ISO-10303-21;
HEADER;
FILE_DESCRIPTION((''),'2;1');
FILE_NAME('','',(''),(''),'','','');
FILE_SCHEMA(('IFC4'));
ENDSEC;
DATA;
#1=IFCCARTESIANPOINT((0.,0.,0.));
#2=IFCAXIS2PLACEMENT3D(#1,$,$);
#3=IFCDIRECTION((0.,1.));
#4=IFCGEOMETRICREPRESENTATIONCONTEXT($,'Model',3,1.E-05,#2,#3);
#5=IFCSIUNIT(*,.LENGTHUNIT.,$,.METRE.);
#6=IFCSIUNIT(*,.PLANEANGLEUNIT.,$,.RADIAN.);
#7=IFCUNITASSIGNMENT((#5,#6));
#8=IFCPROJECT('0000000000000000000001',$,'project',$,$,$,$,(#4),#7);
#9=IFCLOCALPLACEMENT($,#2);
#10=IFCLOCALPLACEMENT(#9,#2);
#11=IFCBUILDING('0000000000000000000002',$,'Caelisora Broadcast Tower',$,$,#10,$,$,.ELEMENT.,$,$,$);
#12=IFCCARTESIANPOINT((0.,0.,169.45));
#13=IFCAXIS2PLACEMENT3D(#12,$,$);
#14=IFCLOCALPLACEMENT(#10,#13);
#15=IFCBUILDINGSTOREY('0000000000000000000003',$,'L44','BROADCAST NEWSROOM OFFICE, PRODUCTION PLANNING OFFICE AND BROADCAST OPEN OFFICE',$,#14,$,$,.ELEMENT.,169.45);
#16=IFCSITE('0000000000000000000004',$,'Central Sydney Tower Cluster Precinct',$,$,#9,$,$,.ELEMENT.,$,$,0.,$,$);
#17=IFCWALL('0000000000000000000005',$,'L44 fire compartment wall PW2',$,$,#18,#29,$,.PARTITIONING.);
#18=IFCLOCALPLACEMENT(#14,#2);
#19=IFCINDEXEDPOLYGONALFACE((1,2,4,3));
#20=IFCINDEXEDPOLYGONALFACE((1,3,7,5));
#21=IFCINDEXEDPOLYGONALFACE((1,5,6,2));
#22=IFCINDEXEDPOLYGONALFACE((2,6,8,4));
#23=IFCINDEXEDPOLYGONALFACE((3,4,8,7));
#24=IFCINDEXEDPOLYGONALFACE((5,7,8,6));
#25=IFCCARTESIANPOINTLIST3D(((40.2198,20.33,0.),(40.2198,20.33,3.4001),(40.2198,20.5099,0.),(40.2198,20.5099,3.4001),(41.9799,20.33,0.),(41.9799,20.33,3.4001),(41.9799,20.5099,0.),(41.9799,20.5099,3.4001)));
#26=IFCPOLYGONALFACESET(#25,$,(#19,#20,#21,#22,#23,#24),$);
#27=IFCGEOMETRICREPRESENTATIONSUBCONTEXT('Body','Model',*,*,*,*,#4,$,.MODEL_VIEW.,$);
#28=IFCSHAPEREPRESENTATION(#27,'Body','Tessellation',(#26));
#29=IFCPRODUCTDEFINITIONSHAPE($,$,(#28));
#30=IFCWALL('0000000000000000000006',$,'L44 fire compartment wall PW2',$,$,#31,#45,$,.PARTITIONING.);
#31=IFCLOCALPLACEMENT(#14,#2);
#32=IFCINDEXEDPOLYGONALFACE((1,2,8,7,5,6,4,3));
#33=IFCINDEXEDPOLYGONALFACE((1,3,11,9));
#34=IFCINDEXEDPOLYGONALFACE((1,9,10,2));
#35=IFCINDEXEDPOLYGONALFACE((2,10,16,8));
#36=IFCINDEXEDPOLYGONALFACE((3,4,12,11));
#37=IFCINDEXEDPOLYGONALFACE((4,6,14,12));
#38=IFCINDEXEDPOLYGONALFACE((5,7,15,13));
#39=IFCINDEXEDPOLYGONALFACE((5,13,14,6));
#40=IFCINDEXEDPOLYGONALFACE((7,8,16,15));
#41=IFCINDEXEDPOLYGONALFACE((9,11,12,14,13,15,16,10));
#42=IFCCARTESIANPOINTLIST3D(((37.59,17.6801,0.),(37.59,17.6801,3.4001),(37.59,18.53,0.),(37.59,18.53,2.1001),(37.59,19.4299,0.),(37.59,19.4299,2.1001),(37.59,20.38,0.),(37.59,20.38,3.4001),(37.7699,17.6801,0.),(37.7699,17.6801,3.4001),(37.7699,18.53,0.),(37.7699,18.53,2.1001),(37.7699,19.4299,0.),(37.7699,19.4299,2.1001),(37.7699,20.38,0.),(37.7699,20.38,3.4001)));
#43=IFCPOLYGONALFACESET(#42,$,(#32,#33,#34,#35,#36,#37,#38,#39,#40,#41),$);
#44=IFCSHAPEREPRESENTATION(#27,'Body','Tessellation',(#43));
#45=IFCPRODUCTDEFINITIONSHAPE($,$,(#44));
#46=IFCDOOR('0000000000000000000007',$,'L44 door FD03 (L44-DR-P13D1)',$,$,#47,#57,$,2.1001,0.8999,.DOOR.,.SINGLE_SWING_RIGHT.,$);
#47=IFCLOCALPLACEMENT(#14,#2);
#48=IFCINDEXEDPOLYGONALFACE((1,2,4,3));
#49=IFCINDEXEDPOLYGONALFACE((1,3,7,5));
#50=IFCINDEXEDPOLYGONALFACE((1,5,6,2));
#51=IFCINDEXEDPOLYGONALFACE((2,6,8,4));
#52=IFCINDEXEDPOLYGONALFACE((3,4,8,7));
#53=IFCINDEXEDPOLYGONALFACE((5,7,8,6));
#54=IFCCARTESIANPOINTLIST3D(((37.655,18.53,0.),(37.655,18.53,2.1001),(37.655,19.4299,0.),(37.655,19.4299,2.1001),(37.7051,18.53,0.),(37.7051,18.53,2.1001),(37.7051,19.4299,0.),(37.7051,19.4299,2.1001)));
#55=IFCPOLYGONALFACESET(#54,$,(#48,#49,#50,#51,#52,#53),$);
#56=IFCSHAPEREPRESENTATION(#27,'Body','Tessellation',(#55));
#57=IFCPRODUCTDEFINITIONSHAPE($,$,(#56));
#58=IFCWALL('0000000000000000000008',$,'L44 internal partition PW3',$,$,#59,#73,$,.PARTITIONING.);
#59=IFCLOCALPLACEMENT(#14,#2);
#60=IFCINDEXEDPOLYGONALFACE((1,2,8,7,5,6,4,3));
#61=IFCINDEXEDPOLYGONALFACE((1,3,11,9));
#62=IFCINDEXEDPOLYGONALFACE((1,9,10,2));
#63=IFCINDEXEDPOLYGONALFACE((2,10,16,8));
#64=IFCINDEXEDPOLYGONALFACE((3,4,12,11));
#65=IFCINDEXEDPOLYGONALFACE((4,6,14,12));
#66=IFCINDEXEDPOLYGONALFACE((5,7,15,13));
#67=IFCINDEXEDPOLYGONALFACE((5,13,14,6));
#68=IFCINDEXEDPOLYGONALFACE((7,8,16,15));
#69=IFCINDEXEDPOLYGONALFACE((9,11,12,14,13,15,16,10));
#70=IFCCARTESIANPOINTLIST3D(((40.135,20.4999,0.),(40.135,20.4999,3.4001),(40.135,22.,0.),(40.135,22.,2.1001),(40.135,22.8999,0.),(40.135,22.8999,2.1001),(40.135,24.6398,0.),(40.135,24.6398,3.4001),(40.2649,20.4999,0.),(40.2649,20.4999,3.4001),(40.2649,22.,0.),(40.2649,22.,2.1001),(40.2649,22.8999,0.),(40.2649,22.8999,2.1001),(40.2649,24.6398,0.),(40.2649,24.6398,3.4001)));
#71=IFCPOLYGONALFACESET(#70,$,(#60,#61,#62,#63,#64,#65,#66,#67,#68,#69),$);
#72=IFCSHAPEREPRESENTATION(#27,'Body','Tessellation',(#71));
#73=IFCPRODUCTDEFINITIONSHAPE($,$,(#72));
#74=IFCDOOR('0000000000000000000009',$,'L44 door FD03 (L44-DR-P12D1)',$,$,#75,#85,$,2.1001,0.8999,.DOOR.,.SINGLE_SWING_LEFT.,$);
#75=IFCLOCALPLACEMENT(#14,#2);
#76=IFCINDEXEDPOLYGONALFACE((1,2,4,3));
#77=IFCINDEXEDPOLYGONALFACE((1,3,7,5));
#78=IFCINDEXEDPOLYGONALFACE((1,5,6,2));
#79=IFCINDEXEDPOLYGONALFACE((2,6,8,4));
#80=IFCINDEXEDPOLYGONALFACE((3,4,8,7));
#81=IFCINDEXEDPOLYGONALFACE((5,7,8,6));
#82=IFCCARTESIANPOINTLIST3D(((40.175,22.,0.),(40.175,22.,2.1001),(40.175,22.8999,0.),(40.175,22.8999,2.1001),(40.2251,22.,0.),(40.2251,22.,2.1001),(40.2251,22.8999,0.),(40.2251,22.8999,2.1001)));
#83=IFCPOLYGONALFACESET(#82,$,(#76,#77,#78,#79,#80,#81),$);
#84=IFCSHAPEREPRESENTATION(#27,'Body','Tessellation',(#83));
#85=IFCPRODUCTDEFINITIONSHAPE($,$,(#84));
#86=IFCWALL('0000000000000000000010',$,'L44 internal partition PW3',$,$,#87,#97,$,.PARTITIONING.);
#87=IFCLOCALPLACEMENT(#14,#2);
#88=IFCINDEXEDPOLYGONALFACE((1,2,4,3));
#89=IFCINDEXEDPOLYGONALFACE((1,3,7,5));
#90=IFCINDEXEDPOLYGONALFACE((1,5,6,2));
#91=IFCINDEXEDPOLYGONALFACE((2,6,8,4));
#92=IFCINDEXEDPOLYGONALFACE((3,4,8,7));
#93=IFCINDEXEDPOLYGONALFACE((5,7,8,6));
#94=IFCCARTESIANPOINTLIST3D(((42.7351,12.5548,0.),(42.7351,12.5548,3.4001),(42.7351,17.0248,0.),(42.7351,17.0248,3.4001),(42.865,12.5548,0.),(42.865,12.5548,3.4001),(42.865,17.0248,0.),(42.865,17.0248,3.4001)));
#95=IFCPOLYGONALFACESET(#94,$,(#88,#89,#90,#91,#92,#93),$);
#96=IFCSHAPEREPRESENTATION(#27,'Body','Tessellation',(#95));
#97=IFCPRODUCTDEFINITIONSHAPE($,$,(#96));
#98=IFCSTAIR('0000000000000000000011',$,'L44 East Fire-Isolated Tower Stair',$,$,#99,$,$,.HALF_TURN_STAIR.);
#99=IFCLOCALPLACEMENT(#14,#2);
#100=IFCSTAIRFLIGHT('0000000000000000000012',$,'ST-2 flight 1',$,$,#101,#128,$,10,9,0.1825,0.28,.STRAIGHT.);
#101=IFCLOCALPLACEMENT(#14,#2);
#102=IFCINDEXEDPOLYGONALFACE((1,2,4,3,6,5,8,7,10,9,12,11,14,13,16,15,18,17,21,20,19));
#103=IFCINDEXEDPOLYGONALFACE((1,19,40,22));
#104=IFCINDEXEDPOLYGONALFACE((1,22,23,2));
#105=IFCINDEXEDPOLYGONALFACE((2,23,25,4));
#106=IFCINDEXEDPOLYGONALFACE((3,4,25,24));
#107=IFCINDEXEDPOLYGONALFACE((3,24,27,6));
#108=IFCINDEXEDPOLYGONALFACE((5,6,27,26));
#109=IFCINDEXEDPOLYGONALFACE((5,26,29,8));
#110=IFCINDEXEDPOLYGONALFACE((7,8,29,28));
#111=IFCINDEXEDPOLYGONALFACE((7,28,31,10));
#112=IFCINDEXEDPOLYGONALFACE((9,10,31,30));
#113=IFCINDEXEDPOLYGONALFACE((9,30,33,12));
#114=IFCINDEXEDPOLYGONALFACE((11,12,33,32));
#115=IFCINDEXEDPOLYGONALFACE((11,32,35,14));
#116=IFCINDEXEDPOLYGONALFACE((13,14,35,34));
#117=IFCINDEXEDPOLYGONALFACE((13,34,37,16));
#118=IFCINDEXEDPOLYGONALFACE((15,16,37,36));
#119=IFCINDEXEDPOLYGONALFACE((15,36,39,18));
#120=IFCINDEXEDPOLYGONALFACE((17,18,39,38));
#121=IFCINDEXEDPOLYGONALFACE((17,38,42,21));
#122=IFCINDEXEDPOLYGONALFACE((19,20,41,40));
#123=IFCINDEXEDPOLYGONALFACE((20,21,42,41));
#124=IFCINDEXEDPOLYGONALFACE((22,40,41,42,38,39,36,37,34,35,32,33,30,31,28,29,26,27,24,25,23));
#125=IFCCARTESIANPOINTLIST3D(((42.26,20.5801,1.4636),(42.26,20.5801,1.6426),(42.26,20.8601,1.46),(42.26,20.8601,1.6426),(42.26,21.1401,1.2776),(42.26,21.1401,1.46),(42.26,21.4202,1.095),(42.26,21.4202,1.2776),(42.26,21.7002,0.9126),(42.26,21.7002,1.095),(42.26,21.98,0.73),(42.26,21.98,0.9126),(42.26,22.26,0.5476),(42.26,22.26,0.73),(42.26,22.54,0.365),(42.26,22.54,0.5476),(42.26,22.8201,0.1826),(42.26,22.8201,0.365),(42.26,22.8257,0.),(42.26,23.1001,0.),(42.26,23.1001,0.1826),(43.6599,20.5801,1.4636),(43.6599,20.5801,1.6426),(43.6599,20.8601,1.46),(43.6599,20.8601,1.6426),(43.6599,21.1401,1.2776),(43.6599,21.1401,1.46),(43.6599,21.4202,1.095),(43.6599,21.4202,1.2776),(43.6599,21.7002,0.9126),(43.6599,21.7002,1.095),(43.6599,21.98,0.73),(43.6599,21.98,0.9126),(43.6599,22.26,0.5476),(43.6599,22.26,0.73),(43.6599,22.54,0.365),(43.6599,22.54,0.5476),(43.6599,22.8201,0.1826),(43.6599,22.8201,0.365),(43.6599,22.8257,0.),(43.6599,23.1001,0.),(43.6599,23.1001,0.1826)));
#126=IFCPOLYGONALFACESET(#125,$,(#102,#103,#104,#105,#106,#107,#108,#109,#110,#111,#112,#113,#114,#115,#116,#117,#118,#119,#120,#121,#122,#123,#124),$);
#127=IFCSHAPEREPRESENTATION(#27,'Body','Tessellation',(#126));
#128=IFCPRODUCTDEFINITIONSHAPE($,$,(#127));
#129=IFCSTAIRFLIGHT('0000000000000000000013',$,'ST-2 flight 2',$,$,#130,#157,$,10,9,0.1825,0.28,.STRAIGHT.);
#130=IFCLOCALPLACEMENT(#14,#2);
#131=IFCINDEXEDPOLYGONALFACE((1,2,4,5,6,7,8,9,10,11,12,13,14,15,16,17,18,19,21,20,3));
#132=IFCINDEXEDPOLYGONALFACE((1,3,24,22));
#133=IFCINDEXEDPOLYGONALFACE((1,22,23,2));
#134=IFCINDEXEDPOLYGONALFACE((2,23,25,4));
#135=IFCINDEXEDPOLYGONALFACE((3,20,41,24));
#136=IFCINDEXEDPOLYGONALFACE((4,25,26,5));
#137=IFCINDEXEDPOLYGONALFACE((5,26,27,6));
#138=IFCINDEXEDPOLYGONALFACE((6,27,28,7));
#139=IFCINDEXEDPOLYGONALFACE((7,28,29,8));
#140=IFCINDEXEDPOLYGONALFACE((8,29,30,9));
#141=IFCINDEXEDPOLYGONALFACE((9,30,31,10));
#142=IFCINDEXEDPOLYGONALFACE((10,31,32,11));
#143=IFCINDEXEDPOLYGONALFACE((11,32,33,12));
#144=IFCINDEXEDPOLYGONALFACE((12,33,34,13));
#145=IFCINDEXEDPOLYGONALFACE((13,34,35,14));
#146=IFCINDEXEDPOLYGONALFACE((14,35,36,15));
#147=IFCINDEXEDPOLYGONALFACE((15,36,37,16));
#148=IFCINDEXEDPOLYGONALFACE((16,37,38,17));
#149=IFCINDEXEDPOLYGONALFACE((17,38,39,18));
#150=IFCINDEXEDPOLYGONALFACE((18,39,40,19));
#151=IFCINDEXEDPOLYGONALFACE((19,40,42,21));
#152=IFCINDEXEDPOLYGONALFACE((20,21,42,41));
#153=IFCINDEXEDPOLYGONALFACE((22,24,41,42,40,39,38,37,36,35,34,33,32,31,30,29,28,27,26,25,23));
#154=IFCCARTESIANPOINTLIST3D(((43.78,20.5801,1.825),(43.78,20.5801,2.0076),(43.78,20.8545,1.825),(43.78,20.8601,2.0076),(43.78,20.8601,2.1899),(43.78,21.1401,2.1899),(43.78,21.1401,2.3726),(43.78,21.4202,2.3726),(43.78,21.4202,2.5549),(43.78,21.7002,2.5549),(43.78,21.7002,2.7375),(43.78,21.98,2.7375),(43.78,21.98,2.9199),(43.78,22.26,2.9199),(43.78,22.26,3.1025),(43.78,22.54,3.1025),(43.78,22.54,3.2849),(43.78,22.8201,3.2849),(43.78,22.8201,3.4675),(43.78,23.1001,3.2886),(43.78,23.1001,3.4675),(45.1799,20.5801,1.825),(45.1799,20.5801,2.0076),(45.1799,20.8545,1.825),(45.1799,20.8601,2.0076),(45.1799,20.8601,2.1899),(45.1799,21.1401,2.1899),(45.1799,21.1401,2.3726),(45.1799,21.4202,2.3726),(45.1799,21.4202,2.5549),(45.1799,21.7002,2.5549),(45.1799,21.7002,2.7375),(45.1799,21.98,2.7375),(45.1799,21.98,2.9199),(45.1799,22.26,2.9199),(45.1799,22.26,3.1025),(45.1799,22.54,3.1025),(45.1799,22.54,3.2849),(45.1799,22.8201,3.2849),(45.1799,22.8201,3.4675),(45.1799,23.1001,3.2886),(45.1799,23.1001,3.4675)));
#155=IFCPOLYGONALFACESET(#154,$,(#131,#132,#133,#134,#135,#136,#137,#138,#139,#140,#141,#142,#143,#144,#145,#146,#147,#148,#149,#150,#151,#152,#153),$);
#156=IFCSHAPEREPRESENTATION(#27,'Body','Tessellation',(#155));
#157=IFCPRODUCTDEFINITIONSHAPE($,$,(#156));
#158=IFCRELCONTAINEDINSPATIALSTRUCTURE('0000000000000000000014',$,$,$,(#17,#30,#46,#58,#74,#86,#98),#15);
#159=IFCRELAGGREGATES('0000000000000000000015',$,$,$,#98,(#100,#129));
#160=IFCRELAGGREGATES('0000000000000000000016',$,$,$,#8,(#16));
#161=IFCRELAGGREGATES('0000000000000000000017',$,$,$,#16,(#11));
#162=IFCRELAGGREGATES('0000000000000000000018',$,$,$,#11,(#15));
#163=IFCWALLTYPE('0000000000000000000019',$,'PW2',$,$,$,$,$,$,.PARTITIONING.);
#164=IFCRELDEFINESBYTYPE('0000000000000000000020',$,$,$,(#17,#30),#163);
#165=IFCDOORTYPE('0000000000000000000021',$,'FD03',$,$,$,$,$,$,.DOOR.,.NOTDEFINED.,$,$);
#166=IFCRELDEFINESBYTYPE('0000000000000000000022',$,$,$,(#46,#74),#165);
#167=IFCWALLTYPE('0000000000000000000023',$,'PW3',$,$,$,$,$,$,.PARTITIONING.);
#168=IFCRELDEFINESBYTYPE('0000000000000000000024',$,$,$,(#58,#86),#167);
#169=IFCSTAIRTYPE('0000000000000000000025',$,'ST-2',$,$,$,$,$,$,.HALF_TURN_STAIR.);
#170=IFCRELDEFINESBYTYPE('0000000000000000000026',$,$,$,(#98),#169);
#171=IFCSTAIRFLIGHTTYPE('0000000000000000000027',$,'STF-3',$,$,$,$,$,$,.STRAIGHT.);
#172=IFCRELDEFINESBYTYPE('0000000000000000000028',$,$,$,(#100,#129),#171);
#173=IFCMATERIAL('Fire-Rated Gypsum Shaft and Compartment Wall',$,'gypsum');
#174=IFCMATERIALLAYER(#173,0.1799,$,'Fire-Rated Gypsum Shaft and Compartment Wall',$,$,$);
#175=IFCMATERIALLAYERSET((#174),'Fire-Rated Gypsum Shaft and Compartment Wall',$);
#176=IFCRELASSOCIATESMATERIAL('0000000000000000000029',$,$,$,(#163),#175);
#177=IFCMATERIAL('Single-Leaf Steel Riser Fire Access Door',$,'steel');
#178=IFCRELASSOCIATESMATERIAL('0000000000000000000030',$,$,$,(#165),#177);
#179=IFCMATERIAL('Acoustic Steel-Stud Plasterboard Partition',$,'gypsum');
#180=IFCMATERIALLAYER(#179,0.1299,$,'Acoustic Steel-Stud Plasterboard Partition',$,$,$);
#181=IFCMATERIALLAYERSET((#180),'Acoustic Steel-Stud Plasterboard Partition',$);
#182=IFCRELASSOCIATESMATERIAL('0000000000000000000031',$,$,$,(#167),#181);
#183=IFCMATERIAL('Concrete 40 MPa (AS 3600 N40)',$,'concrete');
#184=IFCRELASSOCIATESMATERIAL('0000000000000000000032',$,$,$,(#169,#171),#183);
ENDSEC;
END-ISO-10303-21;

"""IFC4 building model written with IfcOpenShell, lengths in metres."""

from ifc_helpers import new_model, si_unit, direction, frame, frame_2d, origin, place, context, subcontext, project, spatial, polyline, rectangle, outline, extrude, material, layer, layer_set, type_object, element, fill, aggregate, save


model = new_model("IFC4")

# Units and contexts
model_context = context("Model", 3, precision=1e-05, world=origin(), true_north=direction((0.0, 1.0)))
body_context = subcontext(model_context, "Body", "Model", "MODEL_VIEW")
ifc_project = project(units=[si_unit("LENGTHUNIT", "METRE"), si_unit("PLANEANGLEUNIT", "RADIAN")], contexts=[model_context])

# Site, building, storey
site_placement = place(None, origin())
site = spatial("IfcSite", under=ifc_project, at=site_placement, Name="Central Sydney Tower Cluster Precinct", CompositionType="ELEMENT", RefElevation=0.0)
building_placement = place(site_placement, origin())
building = spatial("IfcBuilding", under=site, at=building_placement, Name="Caelisora Broadcast Tower", CompositionType="ELEMENT")
storey_placement = place(building_placement, frame((0.0, 0.0, 169.45)))
storey = spatial("IfcBuildingStorey", under=building, at=storey_placement, Name="L44", Description="BROADCAST NEWSROOM OFFICE, PRODUCTION PLANNING OFFICE AND BROADCAST OPEN OFFICE", CompositionType="ELEMENT", Elevation=169.45)

# Wall
ifc_material_1 = material(Name="Fire-Rated Gypsum Shaft and Compartment Wall", Category="gypsum")
ifc_layer_1 = layer(ifc_material_1, 0.1799, Name="Fire-Rated Gypsum Shaft and Compartment Wall")
ifc_layer_set_1 = layer_set([ifc_layer_1], Name="Fire-Rated Gypsum Shaft and Compartment Wall")
wall_type_1 = type_object("IfcWallType", Name="PW2", PredefinedType="PARTITIONING", material=ifc_layer_set_1)
wall_1_placement = place(storey_placement, frame((40.22, 20.4199, 0.0), z_axis=(0.0, 0.0, 1.0), x_axis=(1.0, 0.0, 0.0)))
element("IfcWall", 1, at=wall_1_placement, inside=storey, type_object=wall_type_1, Name="L44 fire compartment wall PW2", PredefinedType="PARTITIONING", context=body_context, shape_type="SweptSolid", body=[
    extrude(rectangle(XDim=1.76, YDim=0.1799, at=frame_2d((0.8799, 0.0))), origin(), (0.0, 0.0, 1.0), 3.4001),
])

# Walls, openings, doors
wall_2_placement = place(storey_placement, frame((37.6799, 17.6799, 0.0), z_axis=(0.0, 0.0, 1.0), x_axis=(0.0, 1.0, 0.0)))
wall_2 = element("IfcWall", 2, at=wall_2_placement, inside=storey, type_object=wall_type_1, Name="L44 fire compartment wall PW2", PredefinedType="PARTITIONING", context=body_context, shape_type="SweptSolid", body=[
    extrude(rectangle(XDim=2.7, YDim=0.1799, at=frame_2d((1.3501, 0.0))), origin(), (0.0, 0.0, 1.0), 3.4001),
])
opening_1_placement = place(wall_2_placement, frame((0.8501, 0.0, 0.0)))
opening_1 = element("IfcOpeningElement", 3, at=opening_1_placement, cuts=wall_2, PredefinedType="OPENING", context=body_context, shape_type="SweptSolid", body=[
    extrude(rectangle(XDim=0.8999, YDim=2.1001, at=frame_2d((0.45, 1.05))), frame((0.0, 0.1021, 0.0), z_axis=(0.0, -1.0, 0.0), x_axis=(1.0, 0.0, 0.0)), (0.0, 0.0, 1.0), 0.2039),
])
ifc_material_2 = material(Name="Single-Leaf Steel Riser Fire Access Door", Category="steel")
door_type_1 = type_object("IfcDoorType", Name="FD03", OperationType="NOTDEFINED", PredefinedType="DOOR", material=ifc_material_2)
door_1_placement = place(opening_1_placement, origin())
door_1 = element("IfcDoor", 4, at=door_1_placement, inside=storey, type_object=door_type_1, Name="L44 door FD03 (L44-DR-P13D1)", OperationType="SINGLE_SWING_RIGHT", OverallHeight=2.1001, OverallWidth=0.8999, PredefinedType="DOOR", context=body_context, shape_type="SweptSolid", body=[
    extrude(rectangle(XDim=0.8999, YDim=2.1001, at=frame_2d((0.45, 1.05))), frame((0.0, 0.0249, 0.0), z_axis=(0.0, -1.0, 0.0), x_axis=(1.0, 0.0, 0.0)), (0.0, 0.0, 1.0), 0.05),
])
fill(opening_1, door_1)
ifc_material_3 = material(Name="Acoustic Steel-Stud Plasterboard Partition", Category="gypsum")
ifc_layer_2 = layer(ifc_material_3, 0.1299, Name="Acoustic Steel-Stud Plasterboard Partition")
ifc_layer_set_2 = layer_set([ifc_layer_2], Name="Acoustic Steel-Stud Plasterboard Partition")
wall_type_2 = type_object("IfcWallType", Name="PW3", PredefinedType="PARTITIONING", material=ifc_layer_set_2)
wall_3_placement = place(storey_placement, frame((40.2, 20.5, 0.0), z_axis=(0.0, 0.0, 1.0), x_axis=(0.0, 1.0, 0.0)))
wall_3 = element("IfcWall", 5, at=wall_3_placement, inside=storey, type_object=wall_type_2, Name="L44 internal partition PW3", PredefinedType="PARTITIONING", context=body_context, shape_type="SweptSolid", body=[
    extrude(rectangle(XDim=4.1399, YDim=0.1299, at=frame_2d((2.0698, 0.0))), origin(), (0.0, 0.0, 1.0), 3.4001),
])
opening_2_placement = place(wall_3_placement, frame((1.5, 0.0, 0.0)))
opening_2 = element("IfcOpeningElement", 6, at=opening_2_placement, cuts=wall_3, PredefinedType="OPENING", context=body_context, shape_type="SweptSolid", body=[
    extrude(rectangle(XDim=0.8999, YDim=2.1001, at=frame_2d((0.45, 1.05))), frame((0.0, 0.0769, 0.0), z_axis=(0.0, -1.0, 0.0), x_axis=(1.0, 0.0, 0.0)), (0.0, 0.0, 1.0), 0.1538),
])
door_2_placement = place(opening_2_placement, origin())
door_2 = element("IfcDoor", 7, at=door_2_placement, inside=storey, type_object=door_type_1, Name="L44 door FD03 (L44-DR-P12D1)", OperationType="SINGLE_SWING_LEFT", OverallHeight=2.1001, OverallWidth=0.8999, PredefinedType="DOOR", context=body_context, shape_type="SweptSolid", body=[
    extrude(rectangle(XDim=0.8999, YDim=2.1001, at=frame_2d((0.45, 1.05))), frame((0.0, 0.0249, 0.0), z_axis=(0.0, -1.0, 0.0), x_axis=(1.0, 0.0, 0.0)), (0.0, 0.0, 1.0), 0.05),
])
fill(opening_2, door_2)

# Wall
wall_4_placement = place(storey_placement, frame((42.8, 12.5549, 0.0), z_axis=(0.0, 0.0, 1.0), x_axis=(0.0, 1.0, 0.0)))
element("IfcWall", 8, at=wall_4_placement, inside=storey, type_object=wall_type_2, Name="L44 internal partition PW3", PredefinedType="PARTITIONING", context=body_context, shape_type="SweptSolid", body=[
    extrude(rectangle(XDim=4.47, YDim=0.1299, at=frame_2d((2.2349, 0.0))), origin(), (0.0, 0.0, 1.0), 3.4001),
])

# Stair, stair flights
ifc_material_4 = material(Name="Concrete 40 MPa (AS 3600 N40)", Category="concrete")
stair_type = type_object("IfcStairType", Name="ST-2", PredefinedType="HALF_TURN_STAIR", material=ifc_material_4)
stair_placement = place(storey_placement, origin())
stair = element("IfcStair", 9, at=stair_placement, inside=storey, type_object=stair_type, Name="L44 East Fire-Isolated Tower Stair", PredefinedType="HALF_TURN_STAIR")
stair_flight_type = type_object("IfcStairFlightType", Name="STF-3", PredefinedType="STRAIGHT", material=ifc_material_4)
stair_flight_1_placement = place(storey_placement, frame((42.96, 23.1001, 0.0), z_axis=(0.0, 0.0, 1.0), x_axis=(0.0, -1.0, 0.0)))
stair_flight_1 = element("IfcStairFlight", 10, at=stair_flight_1_placement, type_object=stair_flight_type, Name="ST-2 flight 1", NumberOfRisers=10, NumberOfTreads=9, PredefinedType="STRAIGHT", RiserHeight=0.1825, TreadLength=0.28, context=body_context, shape_type="SweptSolid", body=[
    extrude(outline(polyline([(0.0, 0.0), (0.0, 0.1826), (0.28, 0.1826), (0.28, 0.365), (0.5601, 0.365), (0.5601, 0.5476), (0.8401, 0.5476), (0.8401, 0.73), (1.1201, 0.73), (1.1201, 0.9126), (1.3999, 0.9126), (1.3999, 1.095), (1.6799, 1.095), (1.6799, 1.2776), (1.96, 1.2776), (1.96, 1.46), (2.24, 1.46), (2.24, 1.6426), (2.52, 1.6426), (2.52, 1.825), (2.52, 1.4636), (0.2744, 0.0), (0.0, 0.0)])), frame((0.0, 0.7, 0.0), z_axis=(0.0, -1.0, 0.0), x_axis=(1.0, 0.0, 0.0)), (0.0, 0.0, 1.0), 1.3999),
])
stair_flight_2_placement = place(storey_placement, frame((44.48, 20.5801, 1.825), z_axis=(0.0, 0.0, 1.0), x_axis=(0.0, 1.0, 0.0)))
stair_flight_2 = element("IfcStairFlight", 11, at=stair_flight_2_placement, type_object=stair_flight_type, Name="ST-2 flight 2", NumberOfRisers=10, NumberOfTreads=9, PredefinedType="STRAIGHT", RiserHeight=0.1825, TreadLength=0.28, context=body_context, shape_type="SweptSolid", body=[
    extrude(outline(polyline([(0.0, 0.0), (0.0, 0.1826), (0.28, 0.1826), (0.28, 0.365), (0.5601, 0.365), (0.5601, 0.5476), (0.8401, 0.5476), (0.8401, 0.73), (1.1201, 0.73), (1.1201, 0.9126), (1.3999, 0.9126), (1.3999, 1.095), (1.6799, 1.095), (1.6799, 1.2776), (1.96, 1.2776), (1.96, 1.46), (2.24, 1.46), (2.24, 1.6426), (2.52, 1.6426), (2.52, 1.825), (2.52, 1.4636), (0.2744, 0.0), (0.0, 0.0)])), frame((0.0, 0.7, 0.0), z_axis=(0.0, -1.0, 0.0), x_axis=(1.0, 0.0, 0.0)), (0.0, 0.0, 1.0), 1.3999),
])
aggregate(stair, [stair_flight_1, stair_flight_2])

save(model, "model.ifc")
